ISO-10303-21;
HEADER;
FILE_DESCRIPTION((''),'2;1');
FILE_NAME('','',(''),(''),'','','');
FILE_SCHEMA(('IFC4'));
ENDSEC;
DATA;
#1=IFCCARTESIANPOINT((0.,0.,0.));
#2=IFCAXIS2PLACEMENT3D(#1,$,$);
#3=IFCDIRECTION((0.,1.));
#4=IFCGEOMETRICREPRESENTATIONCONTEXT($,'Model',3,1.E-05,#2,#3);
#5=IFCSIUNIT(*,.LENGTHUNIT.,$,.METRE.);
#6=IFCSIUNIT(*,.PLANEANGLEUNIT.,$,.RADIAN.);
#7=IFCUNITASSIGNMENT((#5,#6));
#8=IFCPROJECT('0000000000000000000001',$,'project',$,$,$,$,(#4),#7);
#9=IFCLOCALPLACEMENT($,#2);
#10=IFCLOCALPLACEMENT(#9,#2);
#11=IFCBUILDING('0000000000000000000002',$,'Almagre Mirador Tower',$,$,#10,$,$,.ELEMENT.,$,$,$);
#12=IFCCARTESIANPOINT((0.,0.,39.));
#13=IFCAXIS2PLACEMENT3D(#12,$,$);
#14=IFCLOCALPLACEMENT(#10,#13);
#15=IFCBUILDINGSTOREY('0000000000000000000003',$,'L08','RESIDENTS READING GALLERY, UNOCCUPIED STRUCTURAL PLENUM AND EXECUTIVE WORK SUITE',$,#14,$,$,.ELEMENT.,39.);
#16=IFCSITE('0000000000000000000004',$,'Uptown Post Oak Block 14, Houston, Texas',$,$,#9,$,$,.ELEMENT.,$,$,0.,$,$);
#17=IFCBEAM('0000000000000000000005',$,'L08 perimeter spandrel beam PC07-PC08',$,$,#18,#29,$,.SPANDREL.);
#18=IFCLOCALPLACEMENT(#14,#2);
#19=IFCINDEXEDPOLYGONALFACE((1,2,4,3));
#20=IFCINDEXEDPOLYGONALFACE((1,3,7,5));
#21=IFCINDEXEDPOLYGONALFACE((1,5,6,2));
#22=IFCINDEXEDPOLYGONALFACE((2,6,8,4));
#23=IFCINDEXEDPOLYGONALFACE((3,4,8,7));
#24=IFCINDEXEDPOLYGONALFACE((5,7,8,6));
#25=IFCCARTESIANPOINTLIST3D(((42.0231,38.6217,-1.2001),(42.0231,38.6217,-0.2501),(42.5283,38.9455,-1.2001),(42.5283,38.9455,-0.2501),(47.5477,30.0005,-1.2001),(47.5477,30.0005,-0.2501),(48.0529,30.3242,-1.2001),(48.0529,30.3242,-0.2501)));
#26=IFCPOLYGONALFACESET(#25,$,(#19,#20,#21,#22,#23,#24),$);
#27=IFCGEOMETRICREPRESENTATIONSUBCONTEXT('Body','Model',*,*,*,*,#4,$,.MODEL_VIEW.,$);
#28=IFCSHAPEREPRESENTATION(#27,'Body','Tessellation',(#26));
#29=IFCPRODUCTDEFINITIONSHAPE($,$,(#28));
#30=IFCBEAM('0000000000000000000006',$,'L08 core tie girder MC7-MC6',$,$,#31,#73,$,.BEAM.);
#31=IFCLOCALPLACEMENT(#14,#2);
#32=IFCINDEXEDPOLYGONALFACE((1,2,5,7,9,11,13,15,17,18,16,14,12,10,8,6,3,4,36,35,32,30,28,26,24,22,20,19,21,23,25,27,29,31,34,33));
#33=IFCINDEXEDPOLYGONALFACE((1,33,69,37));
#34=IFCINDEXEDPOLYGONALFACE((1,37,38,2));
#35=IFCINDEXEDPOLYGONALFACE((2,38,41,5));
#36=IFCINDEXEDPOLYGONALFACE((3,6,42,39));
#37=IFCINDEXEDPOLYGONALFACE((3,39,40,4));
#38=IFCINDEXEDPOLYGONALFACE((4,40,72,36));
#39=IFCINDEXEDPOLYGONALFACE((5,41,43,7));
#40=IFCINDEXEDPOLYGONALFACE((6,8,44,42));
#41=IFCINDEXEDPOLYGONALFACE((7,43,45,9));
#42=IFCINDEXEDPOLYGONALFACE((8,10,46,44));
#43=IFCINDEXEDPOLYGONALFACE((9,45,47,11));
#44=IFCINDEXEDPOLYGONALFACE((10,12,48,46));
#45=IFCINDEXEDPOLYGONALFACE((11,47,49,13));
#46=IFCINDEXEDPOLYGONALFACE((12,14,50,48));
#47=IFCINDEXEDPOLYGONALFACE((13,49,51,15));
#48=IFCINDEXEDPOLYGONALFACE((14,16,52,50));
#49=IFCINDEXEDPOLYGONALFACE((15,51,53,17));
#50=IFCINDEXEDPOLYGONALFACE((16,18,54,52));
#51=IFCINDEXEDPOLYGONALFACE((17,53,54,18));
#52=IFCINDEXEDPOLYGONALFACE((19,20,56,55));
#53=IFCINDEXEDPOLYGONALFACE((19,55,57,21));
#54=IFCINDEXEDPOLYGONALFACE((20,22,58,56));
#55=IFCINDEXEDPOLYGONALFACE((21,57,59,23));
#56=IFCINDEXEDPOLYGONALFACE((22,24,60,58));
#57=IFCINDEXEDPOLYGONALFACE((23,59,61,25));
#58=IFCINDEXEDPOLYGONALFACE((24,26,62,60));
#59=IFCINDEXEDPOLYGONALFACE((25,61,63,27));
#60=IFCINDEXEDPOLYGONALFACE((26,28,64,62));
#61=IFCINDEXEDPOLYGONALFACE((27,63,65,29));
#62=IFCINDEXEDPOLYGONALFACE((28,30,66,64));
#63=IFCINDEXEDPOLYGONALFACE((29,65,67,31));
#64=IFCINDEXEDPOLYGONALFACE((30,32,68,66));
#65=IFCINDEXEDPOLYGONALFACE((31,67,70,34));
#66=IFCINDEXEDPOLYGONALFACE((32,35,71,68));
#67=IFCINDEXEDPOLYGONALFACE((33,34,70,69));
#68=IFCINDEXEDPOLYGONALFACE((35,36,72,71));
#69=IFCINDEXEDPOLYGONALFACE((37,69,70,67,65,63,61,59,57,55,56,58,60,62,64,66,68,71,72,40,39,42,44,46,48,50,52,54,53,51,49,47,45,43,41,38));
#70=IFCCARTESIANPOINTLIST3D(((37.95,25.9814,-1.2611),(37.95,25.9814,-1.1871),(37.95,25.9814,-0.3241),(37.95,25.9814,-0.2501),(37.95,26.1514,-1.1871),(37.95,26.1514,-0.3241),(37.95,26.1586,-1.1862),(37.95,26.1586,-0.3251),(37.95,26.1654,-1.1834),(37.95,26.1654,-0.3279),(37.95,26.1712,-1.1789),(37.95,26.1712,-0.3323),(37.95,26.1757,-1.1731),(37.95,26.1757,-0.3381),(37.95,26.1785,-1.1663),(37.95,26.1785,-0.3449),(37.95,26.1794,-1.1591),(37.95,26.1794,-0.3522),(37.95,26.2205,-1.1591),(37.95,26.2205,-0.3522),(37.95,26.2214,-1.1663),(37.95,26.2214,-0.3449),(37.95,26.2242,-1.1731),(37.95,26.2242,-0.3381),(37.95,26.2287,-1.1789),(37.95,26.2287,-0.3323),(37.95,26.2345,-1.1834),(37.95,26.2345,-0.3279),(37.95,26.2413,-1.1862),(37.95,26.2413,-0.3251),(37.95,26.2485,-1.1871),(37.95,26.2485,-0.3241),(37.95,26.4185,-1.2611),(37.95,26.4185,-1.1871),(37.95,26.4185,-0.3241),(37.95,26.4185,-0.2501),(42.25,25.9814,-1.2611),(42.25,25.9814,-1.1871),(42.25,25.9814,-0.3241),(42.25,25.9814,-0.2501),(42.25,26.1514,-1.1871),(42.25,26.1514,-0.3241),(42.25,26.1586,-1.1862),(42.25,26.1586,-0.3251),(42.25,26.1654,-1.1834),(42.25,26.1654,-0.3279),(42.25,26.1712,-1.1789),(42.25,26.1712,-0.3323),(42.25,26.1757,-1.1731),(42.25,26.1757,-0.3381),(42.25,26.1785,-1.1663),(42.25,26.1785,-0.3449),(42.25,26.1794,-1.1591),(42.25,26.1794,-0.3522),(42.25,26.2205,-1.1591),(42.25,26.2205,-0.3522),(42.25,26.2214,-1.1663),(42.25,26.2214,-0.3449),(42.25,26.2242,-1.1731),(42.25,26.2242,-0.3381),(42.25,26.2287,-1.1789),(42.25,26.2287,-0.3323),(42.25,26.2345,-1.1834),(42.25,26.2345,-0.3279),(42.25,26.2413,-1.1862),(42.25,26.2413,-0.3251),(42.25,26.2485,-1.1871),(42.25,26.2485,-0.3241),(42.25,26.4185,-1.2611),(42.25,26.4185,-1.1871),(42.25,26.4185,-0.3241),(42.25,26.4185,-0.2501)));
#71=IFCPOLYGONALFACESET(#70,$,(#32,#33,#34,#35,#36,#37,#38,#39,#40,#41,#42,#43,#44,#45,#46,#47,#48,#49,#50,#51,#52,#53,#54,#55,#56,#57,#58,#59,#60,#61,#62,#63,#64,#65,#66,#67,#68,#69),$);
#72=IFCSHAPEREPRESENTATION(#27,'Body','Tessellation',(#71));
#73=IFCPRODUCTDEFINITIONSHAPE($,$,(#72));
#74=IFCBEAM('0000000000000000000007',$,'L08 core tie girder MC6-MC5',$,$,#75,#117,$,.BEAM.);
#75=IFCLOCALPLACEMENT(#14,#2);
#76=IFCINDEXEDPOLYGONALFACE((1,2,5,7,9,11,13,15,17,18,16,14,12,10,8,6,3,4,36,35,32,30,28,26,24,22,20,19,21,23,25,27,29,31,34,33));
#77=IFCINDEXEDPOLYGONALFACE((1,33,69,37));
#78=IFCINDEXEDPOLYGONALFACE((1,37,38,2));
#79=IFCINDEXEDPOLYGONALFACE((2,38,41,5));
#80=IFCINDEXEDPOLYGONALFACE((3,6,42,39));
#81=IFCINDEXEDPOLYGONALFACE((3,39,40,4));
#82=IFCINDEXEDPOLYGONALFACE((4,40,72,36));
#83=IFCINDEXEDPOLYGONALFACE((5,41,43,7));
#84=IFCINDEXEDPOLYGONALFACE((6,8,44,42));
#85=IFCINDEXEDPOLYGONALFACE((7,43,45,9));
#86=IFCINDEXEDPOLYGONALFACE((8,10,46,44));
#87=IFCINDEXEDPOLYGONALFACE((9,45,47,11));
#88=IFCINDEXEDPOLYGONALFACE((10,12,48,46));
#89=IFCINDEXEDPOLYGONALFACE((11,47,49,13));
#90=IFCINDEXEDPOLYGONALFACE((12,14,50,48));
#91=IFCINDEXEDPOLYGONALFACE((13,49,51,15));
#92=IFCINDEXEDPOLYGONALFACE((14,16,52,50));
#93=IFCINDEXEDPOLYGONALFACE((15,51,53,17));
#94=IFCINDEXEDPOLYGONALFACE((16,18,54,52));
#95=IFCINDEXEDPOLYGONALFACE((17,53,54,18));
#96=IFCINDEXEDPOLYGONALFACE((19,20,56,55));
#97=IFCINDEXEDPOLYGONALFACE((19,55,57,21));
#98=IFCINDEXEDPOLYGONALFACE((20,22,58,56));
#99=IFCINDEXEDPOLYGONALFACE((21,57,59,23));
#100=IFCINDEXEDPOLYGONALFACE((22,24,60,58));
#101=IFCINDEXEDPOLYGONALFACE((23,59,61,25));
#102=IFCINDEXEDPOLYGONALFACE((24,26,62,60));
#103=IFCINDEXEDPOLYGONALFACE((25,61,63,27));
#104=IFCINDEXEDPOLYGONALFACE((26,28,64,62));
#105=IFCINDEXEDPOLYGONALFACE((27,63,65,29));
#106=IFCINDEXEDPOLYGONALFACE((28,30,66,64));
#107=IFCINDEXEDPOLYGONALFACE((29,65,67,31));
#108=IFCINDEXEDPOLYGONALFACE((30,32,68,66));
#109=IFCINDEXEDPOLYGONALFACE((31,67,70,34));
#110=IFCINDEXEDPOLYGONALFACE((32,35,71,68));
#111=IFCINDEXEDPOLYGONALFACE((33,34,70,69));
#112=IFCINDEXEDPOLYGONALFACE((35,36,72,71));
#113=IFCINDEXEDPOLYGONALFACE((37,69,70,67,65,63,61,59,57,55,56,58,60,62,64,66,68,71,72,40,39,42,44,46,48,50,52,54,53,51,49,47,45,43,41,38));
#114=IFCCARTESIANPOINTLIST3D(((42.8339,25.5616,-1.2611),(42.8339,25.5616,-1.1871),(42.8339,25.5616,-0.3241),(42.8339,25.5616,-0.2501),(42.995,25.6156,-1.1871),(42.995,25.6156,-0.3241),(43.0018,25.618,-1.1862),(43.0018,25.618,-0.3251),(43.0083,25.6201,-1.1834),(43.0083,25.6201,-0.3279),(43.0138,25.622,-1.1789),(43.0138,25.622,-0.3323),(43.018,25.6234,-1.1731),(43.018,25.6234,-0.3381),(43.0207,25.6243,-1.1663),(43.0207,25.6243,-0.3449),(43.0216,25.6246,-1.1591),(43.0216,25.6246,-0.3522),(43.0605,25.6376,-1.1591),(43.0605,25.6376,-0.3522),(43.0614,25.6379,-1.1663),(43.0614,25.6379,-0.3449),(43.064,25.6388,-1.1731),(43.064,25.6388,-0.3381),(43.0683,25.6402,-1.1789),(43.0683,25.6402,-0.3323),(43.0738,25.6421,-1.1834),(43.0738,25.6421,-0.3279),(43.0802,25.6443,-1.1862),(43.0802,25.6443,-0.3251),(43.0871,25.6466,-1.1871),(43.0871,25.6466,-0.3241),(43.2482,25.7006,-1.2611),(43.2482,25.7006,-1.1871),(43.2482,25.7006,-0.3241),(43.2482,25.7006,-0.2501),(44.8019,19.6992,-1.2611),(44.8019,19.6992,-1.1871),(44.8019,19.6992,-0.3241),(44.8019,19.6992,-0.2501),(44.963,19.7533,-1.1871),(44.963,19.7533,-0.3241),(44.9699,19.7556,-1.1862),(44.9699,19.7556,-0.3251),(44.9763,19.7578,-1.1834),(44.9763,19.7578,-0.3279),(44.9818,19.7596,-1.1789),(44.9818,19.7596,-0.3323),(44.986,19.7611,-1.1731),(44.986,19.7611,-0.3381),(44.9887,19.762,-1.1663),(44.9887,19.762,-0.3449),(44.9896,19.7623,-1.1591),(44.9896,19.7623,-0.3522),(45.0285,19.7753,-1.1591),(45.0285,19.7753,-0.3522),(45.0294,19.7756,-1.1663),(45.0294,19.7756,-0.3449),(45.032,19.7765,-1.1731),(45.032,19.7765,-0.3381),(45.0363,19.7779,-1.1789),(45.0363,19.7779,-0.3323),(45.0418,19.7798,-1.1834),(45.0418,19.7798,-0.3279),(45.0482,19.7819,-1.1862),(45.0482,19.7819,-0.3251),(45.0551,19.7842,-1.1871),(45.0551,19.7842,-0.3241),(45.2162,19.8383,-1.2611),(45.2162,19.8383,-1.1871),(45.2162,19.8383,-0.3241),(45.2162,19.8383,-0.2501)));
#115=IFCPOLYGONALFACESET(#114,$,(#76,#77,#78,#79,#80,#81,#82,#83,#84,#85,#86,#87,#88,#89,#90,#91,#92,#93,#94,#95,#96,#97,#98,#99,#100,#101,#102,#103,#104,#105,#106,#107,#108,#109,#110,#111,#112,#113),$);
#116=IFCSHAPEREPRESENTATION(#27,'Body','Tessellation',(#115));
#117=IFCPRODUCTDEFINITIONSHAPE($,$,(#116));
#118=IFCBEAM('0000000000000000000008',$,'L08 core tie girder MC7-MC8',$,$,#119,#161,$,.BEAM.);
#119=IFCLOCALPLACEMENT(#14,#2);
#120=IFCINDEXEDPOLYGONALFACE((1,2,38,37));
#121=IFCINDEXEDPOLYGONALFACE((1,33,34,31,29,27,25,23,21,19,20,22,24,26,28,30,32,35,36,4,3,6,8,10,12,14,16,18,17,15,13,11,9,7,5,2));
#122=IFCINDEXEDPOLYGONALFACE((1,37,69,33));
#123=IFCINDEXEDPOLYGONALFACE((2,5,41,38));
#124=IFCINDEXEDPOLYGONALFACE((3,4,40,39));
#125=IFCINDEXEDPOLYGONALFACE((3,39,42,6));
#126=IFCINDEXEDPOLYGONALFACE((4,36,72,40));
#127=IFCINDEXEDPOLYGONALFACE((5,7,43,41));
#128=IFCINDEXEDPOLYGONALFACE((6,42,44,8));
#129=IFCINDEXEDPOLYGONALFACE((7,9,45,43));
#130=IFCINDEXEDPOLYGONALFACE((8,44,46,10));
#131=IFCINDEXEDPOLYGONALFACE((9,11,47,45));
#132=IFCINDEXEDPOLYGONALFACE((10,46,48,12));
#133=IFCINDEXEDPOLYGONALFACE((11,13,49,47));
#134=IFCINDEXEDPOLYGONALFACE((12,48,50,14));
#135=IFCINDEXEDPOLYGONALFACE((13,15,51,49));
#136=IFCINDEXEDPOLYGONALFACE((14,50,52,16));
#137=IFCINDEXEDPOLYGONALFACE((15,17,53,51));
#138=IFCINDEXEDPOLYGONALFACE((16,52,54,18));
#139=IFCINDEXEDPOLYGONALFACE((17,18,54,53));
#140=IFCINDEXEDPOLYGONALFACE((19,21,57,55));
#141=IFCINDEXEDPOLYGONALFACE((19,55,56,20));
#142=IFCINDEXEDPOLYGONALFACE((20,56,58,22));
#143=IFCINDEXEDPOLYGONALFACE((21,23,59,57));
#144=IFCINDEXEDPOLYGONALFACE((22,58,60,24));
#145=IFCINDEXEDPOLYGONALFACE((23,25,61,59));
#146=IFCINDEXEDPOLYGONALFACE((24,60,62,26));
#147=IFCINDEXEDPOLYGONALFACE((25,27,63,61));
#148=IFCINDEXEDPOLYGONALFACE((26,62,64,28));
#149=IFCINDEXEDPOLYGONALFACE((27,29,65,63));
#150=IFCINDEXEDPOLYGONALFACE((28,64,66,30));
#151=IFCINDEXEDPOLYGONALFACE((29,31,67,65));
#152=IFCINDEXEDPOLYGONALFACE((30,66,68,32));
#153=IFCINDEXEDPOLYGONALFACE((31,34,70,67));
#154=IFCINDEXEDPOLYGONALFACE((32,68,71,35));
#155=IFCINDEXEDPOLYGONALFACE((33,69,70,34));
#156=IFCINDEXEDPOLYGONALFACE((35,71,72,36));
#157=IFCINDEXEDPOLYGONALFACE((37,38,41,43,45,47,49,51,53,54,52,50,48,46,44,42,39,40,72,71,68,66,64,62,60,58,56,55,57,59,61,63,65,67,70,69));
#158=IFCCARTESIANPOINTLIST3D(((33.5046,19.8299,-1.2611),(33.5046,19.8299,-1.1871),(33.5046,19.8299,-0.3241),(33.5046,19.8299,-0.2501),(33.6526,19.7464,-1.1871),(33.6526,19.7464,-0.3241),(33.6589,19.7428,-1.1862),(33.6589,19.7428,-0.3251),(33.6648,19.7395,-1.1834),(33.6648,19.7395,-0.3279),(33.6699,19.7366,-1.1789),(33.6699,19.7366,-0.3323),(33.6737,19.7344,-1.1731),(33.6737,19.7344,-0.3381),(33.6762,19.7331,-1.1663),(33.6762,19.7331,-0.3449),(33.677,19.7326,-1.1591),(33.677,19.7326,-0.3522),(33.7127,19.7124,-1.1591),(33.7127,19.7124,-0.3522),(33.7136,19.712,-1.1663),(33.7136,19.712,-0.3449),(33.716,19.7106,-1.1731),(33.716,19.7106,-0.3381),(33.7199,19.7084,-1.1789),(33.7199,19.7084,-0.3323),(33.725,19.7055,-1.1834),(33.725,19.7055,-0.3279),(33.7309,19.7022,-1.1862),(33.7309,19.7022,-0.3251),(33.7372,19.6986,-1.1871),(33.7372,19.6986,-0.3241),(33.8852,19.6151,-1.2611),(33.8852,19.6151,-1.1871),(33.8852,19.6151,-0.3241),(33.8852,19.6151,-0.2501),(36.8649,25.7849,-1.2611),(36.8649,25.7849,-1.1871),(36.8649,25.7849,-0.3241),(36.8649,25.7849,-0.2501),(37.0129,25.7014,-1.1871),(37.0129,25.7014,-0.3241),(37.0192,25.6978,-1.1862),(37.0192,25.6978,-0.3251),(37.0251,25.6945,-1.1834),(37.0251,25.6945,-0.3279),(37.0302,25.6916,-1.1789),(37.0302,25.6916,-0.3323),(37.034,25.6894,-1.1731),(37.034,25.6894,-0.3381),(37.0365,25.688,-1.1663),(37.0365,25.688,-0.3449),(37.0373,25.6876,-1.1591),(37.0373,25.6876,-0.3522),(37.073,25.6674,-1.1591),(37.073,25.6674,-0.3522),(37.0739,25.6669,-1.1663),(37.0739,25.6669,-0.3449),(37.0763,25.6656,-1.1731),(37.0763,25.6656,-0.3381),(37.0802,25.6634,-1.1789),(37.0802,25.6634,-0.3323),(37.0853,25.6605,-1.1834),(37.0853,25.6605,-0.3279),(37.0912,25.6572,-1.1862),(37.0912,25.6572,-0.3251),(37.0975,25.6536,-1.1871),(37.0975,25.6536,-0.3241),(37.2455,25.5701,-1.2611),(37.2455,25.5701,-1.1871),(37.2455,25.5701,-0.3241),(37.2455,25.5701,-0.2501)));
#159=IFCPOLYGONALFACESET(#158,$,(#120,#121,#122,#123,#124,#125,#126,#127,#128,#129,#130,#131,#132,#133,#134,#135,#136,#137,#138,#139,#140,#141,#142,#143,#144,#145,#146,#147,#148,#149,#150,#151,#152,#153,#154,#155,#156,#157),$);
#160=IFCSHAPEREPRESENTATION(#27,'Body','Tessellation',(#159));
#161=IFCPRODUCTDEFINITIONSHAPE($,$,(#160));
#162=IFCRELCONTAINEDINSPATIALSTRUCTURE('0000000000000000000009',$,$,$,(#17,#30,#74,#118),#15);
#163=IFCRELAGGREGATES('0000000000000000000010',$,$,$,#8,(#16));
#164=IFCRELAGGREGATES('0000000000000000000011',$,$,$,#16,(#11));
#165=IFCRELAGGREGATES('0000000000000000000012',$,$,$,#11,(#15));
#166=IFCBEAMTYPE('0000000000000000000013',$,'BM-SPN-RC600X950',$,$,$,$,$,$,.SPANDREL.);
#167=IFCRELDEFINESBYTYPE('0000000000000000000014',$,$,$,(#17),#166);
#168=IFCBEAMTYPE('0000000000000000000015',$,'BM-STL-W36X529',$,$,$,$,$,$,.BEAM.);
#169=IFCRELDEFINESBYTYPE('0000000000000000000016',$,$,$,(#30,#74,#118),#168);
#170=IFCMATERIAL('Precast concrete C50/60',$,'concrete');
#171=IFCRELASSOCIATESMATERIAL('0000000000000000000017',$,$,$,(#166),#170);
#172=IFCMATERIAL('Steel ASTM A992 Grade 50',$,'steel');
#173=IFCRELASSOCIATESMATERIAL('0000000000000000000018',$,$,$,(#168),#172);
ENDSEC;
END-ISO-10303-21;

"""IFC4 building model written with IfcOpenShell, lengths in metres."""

from ifc_helpers import new_model, si_unit, direction, frame, origin, origin_2d, place, context, subcontext, project, spatial, rectangle, i_section, extrude, material, material_profile, profile_set, type_object, element, save


model = new_model("IFC4")

# Units and contexts
model_context = context("Model", 3, precision=1e-05, world=origin(), true_north=direction((0.0, 1.0)))
body_context = subcontext(model_context, "Body", "Model", "MODEL_VIEW")
ifc_project = project(units=[si_unit("LENGTHUNIT", "METRE"), si_unit("PLANEANGLEUNIT", "RADIAN")], contexts=[model_context])

# Site, building, storey
site_placement = place(None, origin())
site = spatial("IfcSite", under=ifc_project, at=site_placement, Name="Uptown Post Oak Block 14, Houston, Texas", CompositionType="ELEMENT", RefElevation=0.0)
building_placement = place(site_placement, origin())
building = spatial("IfcBuilding", under=site, at=building_placement, Name="Almagre Mirador Tower", CompositionType="ELEMENT")
storey_placement = place(building_placement, frame((0.0, 0.0, 39.0)))
storey = spatial("IfcBuildingStorey", under=building, at=storey_placement, Name="L08", Description="RESIDENTS READING GALLERY, UNOCCUPIED STRUCTURAL PLENUM AND EXECUTIVE WORK SUITE", CompositionType="ELEMENT", Elevation=39.0)

# Beams
ifc_material_1 = material(Name="Precast concrete C50/60", Category="concrete")
ifc_material_profile_1 = material_profile(ifc_material_1, rectangle(XDim=0.6001, YDim=0.95, at=origin_2d()), Name="RC600X950")
ifc_profile_set_1 = profile_set([ifc_material_profile_1], Name="Precast concrete C50/60")
beam_type_1 = type_object("IfcBeamType", Name="BM-SPN-RC600X950", PredefinedType="SPANDREL", material=ifc_profile_set_1)
beam_1_placement = place(storey_placement, frame((47.8003, 30.1624, -0.7251), z_axis=(-0.539539, 0.841961, 0.0), x_axis=(-0.841961, -0.539539, 0.0)))
element("IfcBeam", 1, at=beam_1_placement, inside=storey, type_object=beam_type_1, Name="L08 perimeter spandrel beam PC07-PC08", PredefinedType="SPANDREL", context=body_context, shape_type="SweptSolid", body=[
    extrude(rectangle(XDim=0.6001, YDim=0.95, at=origin_2d()), origin(), (0.0, 0.0, 1.0), 10.2395),
])
ifc_material_2 = material(Name="Steel ASTM A992 Grade 50", Category="steel")
ifc_material_profile_2 = material_profile(ifc_material_2, i_section(OverallWidth=0.437, OverallDepth=1.011, WebThickness=0.041, FlangeThickness=0.074, FilletRadius=0.0281, at=origin_2d()), Name="W36X529")
ifc_profile_set_2 = profile_set([ifc_material_profile_2], Name="Steel ASTM A992 Grade 50")
beam_type_2 = type_object("IfcBeamType", Name="BM-STL-W36X529", PredefinedType="BEAM", material=ifc_profile_set_2)
beam_2_placement = place(storey_placement, frame((37.95, 26.2, -0.7556), z_axis=(1.0, 0.0, 0.0), x_axis=(0.0, 1.0, 0.0)))
element("IfcBeam", 2, at=beam_2_placement, inside=storey, type_object=beam_type_2, Name="L08 core tie girder MC7-MC6", PredefinedType="BEAM", context=body_context, shape_type="SweptSolid", body=[
    extrude(i_section(OverallWidth=0.437, OverallDepth=1.011, WebThickness=0.041, FlangeThickness=0.074, FilletRadius=0.0281, at=origin_2d()), origin(), (0.0, 0.0, 1.0), 4.3),
])
beam_3_placement = place(storey_placement, frame((43.041, 25.6311, -0.7556), z_axis=(0.318252, -0.948006, 0.0), x_axis=(0.948006, 0.318252, 0.0)))
element("IfcBeam", 3, at=beam_3_placement, inside=storey, type_object=beam_type_2, Name="L08 core tie girder MC6-MC5", PredefinedType="BEAM", context=body_context, shape_type="SweptSolid", body=[
    extrude(i_section(OverallWidth=0.437, OverallDepth=1.011, WebThickness=0.041, FlangeThickness=0.074, FilletRadius=0.0281, at=origin_2d()), origin(), (0.0, 0.0, 1.0), 6.1838),
])
beam_4_placement = place(storey_placement, frame((37.0552, 25.6775, -0.7556), z_axis=(-0.491441, -0.870911, 0.0), x_axis=(0.870911, -0.491441, 0.0)))
element("IfcBeam", 4, at=beam_4_placement, inside=storey, type_object=beam_type_2, Name="L08 core tie girder MC7-MC8", PredefinedType="BEAM", context=body_context, shape_type="SweptSolid", body=[
    extrude(i_section(OverallWidth=0.437, OverallDepth=1.011, WebThickness=0.041, FlangeThickness=0.074, FilletRadius=0.0281, at=origin_2d()), origin(), (0.0, 0.0, 1.0), 6.8376),
])

save(model, "model.ifc")
